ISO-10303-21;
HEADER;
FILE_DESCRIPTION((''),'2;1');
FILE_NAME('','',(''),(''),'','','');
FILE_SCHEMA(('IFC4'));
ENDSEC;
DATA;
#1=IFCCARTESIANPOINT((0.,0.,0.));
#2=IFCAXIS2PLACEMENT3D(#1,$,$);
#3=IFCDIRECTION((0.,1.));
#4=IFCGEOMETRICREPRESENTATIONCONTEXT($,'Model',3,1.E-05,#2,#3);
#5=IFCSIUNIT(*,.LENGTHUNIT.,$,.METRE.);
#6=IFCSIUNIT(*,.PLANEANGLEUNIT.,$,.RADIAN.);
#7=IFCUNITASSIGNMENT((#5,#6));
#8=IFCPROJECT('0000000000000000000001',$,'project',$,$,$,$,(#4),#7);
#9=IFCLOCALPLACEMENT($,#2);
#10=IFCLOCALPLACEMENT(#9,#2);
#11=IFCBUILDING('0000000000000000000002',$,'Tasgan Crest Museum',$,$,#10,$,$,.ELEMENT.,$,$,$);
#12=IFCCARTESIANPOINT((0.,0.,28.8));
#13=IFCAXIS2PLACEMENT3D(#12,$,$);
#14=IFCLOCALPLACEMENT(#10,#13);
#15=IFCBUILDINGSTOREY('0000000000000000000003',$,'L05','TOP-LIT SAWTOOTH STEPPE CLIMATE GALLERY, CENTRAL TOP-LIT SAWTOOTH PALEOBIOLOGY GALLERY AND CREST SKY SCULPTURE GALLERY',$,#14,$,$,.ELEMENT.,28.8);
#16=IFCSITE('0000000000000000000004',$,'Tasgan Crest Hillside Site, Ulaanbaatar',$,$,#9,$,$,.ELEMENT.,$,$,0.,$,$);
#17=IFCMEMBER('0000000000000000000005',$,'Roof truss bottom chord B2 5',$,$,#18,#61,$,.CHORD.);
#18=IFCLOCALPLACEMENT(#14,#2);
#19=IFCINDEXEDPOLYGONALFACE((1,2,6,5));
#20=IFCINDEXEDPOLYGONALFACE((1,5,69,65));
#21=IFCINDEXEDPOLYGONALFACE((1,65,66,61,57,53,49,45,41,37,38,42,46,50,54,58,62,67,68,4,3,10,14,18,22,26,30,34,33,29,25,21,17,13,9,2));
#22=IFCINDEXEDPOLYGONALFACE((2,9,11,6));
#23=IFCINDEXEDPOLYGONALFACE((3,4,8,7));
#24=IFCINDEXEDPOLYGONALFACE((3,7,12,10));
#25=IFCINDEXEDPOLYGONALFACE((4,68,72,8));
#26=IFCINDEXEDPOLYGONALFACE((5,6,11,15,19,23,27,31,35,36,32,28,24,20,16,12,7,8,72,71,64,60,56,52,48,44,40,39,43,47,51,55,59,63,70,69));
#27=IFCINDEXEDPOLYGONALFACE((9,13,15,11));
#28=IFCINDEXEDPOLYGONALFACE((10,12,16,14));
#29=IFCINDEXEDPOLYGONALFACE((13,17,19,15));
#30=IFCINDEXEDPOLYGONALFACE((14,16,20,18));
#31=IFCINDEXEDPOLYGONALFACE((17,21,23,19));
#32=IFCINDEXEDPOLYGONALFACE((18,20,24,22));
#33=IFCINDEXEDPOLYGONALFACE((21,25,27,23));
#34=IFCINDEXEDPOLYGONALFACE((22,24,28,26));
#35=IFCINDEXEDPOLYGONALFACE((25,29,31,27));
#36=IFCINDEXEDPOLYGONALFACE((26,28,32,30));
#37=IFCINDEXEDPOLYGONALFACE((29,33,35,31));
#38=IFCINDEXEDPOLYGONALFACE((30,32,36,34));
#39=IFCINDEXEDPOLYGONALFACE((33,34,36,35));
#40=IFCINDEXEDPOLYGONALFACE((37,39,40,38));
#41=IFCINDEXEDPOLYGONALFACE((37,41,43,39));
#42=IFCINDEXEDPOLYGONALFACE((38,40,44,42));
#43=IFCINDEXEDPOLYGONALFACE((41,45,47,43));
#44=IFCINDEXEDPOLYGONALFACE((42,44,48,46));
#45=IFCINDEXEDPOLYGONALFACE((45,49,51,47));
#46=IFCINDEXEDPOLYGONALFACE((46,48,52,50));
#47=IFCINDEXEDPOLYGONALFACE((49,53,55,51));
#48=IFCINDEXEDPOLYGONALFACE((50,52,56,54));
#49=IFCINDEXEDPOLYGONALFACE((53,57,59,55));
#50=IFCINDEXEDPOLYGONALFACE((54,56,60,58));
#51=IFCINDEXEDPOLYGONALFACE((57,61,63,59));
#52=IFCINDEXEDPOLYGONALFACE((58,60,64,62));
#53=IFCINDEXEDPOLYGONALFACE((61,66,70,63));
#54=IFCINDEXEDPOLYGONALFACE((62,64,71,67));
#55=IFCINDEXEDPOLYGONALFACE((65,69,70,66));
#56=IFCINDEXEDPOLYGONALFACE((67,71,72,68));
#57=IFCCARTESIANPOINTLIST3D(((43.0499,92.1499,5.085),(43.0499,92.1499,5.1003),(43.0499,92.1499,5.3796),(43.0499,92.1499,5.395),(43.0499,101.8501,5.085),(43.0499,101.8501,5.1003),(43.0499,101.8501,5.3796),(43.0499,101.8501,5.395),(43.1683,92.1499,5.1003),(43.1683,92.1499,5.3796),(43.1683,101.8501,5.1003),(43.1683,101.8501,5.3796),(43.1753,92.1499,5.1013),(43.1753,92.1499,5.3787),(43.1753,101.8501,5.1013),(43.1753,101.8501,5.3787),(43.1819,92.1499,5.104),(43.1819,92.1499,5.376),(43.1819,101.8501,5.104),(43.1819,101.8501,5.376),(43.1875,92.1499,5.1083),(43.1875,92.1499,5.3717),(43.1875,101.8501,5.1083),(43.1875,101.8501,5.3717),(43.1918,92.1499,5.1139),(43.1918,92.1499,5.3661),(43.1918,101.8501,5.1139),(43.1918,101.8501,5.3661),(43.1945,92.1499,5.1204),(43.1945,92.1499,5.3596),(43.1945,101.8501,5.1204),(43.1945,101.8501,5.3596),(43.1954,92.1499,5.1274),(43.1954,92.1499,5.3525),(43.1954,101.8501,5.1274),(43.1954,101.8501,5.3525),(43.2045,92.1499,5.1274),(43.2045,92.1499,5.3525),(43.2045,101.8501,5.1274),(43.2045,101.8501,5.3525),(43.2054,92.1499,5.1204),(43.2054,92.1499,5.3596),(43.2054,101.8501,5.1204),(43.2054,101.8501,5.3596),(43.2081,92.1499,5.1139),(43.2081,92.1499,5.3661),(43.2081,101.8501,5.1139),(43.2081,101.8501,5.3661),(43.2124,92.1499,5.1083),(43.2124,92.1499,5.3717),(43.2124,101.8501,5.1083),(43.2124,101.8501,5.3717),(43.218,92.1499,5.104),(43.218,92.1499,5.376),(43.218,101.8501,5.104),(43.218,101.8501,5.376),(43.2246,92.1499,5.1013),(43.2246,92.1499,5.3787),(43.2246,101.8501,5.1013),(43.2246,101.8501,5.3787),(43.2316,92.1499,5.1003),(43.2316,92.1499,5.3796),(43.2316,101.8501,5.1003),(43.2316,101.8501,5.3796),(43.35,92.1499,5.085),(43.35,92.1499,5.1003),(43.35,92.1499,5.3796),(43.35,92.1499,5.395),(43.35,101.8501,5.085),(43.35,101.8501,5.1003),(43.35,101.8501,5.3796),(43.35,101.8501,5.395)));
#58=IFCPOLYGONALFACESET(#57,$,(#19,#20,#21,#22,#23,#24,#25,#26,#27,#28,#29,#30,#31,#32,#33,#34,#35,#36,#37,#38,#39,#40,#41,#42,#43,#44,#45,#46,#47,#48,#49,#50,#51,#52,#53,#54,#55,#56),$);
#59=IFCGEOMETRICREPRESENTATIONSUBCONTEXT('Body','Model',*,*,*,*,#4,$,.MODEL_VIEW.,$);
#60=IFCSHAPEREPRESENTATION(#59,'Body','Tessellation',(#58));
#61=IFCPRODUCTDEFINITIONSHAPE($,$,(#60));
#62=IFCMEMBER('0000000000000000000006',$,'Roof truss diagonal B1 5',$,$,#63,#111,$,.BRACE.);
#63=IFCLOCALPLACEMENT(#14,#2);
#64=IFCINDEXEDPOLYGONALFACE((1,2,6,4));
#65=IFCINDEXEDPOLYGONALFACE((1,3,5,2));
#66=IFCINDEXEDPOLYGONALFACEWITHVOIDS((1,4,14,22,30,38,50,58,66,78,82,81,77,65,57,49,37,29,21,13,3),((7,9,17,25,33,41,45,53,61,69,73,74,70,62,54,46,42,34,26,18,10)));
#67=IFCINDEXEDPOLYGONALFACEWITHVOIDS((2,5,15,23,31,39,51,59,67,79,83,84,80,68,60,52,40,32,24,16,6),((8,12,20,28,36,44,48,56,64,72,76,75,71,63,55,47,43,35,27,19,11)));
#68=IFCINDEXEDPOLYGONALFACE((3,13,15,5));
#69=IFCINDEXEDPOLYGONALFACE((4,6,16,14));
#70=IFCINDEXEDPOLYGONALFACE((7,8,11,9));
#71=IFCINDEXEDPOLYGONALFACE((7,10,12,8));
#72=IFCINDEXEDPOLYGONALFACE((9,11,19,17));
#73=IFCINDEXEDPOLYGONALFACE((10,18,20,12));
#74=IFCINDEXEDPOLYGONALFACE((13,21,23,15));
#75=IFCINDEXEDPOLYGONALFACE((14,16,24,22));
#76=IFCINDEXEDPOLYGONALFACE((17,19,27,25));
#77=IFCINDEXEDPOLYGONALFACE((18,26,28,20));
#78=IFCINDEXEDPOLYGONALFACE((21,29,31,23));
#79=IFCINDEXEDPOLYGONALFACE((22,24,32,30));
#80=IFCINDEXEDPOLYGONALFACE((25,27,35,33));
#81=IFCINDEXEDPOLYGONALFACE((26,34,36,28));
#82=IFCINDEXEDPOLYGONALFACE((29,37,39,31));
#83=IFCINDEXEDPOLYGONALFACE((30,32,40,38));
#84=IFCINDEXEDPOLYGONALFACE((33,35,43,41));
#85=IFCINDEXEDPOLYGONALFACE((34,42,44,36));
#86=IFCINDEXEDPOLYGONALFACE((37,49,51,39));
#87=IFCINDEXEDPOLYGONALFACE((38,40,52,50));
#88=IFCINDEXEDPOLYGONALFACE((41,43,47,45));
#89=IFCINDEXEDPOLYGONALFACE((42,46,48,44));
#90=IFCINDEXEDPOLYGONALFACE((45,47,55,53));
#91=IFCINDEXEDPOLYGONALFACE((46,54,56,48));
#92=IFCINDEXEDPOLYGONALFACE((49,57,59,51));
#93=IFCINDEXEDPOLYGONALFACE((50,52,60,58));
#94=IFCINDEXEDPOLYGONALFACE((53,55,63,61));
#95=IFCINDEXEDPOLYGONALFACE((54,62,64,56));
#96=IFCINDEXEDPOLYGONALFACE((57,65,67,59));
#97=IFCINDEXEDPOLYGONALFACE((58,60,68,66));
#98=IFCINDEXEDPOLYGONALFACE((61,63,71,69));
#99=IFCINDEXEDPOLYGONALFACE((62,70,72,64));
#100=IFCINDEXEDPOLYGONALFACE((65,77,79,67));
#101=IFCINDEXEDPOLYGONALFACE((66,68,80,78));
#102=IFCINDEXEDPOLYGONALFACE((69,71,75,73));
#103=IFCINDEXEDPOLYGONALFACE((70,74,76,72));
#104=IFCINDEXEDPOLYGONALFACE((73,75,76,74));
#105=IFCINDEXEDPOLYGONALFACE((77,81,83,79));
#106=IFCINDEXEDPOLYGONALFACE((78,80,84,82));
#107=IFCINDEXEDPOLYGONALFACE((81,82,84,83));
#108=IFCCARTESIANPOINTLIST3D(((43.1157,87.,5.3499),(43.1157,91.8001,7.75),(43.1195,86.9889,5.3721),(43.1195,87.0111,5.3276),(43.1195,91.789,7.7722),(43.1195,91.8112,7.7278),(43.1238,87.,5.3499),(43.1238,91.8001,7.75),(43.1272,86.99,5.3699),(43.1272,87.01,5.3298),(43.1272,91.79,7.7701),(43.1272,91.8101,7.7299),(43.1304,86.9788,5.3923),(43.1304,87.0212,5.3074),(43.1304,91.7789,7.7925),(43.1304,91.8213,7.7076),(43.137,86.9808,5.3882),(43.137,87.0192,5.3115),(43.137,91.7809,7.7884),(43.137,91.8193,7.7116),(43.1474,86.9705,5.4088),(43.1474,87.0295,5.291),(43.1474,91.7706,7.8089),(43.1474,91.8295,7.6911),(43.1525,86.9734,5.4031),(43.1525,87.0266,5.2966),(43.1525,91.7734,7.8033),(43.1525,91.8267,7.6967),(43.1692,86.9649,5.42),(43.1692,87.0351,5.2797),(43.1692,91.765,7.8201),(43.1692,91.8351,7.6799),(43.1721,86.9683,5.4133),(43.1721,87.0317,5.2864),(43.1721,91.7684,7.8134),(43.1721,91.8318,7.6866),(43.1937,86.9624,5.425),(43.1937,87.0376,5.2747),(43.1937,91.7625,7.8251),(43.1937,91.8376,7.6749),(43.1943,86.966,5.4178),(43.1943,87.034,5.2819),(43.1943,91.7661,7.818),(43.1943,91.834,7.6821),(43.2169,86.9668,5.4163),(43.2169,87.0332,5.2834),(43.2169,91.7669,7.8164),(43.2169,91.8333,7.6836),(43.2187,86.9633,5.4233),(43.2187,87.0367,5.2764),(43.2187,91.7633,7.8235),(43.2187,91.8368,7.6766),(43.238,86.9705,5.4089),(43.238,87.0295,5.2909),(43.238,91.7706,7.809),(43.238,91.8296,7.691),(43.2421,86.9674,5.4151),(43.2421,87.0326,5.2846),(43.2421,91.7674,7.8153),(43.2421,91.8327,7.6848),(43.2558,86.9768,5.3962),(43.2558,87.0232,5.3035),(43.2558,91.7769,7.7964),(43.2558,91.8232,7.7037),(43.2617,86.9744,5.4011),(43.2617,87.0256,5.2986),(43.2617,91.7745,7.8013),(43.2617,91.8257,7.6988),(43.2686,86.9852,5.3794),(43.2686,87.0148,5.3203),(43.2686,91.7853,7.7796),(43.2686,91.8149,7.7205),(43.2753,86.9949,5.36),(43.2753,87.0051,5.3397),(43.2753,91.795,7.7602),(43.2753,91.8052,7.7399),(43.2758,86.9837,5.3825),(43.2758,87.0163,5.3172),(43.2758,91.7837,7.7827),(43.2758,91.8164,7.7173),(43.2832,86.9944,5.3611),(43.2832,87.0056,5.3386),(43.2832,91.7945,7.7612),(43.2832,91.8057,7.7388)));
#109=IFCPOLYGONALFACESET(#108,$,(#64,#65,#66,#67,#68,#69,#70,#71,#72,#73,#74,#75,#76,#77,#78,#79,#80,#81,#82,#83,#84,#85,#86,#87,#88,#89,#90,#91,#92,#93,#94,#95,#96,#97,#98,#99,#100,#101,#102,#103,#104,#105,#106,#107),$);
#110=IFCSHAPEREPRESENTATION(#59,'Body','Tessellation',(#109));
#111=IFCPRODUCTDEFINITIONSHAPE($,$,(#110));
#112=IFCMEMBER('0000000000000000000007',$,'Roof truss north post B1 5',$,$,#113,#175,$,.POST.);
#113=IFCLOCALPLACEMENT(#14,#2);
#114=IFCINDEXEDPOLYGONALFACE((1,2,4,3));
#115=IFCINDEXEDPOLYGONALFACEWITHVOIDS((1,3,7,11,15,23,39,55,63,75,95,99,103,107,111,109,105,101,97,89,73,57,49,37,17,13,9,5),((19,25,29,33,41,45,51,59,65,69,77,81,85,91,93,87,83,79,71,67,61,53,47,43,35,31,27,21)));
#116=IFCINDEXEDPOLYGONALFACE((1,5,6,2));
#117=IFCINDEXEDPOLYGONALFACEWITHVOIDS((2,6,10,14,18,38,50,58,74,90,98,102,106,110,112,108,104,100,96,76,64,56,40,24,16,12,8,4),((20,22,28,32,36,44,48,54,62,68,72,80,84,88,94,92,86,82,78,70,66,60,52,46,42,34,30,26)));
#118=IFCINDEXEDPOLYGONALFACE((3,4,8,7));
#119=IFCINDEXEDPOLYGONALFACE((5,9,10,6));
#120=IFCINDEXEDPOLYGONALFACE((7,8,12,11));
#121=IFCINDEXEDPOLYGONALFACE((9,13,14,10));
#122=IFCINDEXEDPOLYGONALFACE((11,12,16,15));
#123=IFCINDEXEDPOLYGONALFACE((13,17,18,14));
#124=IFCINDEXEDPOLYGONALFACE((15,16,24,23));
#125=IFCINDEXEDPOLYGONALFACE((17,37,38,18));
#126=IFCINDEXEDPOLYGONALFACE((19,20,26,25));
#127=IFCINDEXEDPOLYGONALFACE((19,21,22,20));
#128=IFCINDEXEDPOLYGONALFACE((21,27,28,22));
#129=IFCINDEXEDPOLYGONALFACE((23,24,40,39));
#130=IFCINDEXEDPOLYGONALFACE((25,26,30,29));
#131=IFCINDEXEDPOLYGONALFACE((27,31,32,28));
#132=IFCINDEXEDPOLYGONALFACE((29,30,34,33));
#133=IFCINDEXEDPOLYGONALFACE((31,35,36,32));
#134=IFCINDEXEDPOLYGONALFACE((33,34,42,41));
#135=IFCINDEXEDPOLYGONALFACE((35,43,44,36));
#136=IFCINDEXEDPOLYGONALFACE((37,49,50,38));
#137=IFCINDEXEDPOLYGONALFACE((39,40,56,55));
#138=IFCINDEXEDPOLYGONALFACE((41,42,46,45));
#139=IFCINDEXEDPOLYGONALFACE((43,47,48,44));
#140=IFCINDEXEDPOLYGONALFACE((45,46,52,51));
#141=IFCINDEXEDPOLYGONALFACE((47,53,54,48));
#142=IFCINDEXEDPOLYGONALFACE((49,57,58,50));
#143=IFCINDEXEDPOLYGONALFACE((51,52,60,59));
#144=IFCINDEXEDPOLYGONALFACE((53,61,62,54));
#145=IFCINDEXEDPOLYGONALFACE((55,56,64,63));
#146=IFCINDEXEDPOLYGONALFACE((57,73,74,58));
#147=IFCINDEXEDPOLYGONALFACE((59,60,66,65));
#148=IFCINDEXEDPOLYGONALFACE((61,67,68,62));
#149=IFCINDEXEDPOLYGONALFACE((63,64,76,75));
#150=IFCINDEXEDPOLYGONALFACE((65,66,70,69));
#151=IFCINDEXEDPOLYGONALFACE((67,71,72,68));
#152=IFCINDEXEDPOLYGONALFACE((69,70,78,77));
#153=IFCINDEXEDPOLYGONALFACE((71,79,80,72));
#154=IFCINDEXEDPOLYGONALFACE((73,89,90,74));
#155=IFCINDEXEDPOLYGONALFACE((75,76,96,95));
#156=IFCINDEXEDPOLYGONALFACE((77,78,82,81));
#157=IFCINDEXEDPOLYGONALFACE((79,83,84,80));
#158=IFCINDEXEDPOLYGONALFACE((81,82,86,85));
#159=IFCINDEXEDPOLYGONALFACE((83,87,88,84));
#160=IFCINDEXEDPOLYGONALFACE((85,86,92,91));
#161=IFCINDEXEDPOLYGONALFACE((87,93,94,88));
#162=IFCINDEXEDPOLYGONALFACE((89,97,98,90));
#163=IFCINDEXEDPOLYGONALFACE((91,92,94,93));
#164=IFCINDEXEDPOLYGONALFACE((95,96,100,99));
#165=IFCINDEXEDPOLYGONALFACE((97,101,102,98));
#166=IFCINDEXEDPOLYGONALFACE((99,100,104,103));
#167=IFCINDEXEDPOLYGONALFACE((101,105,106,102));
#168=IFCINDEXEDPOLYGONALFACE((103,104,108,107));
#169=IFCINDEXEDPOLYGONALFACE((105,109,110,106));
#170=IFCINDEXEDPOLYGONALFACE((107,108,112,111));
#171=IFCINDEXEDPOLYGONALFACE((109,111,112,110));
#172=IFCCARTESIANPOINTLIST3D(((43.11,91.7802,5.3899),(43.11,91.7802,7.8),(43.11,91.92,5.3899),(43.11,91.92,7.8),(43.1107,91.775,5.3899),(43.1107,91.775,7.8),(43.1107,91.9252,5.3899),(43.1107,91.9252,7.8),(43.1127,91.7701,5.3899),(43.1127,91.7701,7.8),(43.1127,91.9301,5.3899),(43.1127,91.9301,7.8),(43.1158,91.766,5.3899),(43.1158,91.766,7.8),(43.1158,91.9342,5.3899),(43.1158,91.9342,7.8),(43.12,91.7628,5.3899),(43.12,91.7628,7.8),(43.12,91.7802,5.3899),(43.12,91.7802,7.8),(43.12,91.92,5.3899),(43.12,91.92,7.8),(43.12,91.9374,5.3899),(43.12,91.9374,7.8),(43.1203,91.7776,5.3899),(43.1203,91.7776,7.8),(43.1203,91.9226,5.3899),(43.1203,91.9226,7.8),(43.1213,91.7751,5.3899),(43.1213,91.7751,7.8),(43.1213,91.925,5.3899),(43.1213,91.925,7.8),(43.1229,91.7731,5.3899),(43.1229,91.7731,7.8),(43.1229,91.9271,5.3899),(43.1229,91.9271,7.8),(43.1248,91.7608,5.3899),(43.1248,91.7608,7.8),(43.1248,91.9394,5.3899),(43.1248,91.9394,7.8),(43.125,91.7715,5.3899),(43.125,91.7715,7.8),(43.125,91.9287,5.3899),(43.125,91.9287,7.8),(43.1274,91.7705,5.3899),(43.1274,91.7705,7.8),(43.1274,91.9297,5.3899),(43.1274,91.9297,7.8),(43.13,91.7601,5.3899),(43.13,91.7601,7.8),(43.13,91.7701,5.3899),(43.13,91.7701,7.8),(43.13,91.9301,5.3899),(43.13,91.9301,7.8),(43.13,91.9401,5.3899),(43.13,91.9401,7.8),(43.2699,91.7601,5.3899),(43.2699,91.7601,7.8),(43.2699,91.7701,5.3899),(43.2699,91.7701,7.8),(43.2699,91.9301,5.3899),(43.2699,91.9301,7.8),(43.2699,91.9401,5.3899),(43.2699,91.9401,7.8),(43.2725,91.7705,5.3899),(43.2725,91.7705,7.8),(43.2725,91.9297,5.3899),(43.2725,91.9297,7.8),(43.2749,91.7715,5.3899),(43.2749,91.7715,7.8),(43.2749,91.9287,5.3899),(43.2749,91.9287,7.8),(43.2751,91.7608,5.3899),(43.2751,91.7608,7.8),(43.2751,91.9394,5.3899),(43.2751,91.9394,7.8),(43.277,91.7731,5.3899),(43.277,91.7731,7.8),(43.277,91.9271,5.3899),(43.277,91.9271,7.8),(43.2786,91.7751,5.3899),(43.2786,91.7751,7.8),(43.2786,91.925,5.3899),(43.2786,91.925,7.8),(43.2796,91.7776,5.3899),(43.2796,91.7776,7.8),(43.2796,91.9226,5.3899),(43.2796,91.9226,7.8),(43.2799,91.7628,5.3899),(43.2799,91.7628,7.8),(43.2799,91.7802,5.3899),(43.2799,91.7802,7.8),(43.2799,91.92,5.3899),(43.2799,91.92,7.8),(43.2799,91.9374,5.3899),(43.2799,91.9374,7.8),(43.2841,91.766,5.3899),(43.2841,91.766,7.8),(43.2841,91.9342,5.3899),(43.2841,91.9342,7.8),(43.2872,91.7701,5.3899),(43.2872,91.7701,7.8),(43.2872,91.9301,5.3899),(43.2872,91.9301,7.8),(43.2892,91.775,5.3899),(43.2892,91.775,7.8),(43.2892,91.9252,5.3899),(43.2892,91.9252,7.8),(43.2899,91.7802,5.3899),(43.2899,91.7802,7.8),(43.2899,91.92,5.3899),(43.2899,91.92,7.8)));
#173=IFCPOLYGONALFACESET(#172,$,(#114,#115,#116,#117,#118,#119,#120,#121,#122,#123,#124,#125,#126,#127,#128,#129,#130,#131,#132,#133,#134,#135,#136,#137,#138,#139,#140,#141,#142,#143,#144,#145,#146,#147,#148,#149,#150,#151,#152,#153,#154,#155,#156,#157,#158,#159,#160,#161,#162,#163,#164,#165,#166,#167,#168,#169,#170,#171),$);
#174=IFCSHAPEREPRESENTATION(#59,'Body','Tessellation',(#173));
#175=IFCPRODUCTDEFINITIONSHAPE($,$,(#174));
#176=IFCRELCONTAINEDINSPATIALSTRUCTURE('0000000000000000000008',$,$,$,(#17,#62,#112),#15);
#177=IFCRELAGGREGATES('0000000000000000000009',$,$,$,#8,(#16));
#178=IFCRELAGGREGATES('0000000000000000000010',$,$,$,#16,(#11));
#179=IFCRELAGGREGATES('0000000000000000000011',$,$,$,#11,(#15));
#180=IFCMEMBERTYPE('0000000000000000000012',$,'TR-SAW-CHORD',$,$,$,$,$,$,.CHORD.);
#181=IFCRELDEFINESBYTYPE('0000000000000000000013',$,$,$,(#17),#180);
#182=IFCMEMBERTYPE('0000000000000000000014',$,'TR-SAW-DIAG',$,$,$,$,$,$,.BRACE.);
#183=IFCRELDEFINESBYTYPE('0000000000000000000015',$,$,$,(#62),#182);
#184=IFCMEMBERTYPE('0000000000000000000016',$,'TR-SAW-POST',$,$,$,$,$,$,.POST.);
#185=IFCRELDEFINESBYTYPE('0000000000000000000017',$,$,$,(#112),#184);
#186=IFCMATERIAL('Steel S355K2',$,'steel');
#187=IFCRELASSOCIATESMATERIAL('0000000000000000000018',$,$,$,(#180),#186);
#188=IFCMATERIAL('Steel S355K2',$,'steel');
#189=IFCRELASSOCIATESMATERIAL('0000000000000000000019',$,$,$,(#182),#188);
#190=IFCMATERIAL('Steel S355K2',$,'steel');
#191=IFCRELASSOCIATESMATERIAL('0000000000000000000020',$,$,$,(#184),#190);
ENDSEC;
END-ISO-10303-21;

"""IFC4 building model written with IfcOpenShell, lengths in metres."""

from ifc_helpers import new_model, si_unit, direction, frame, origin, origin_2d, place, context, subcontext, project, spatial, hollow_rectangle, hollow_circle, i_section, extrude, material, material_profile, profile_set, type_object, element, save


model = new_model("IFC4")

# Units and contexts
model_context = context("Model", 3, precision=1e-05, world=origin(), true_north=direction((0.0, 1.0)))
body_context = subcontext(model_context, "Body", "Model", "MODEL_VIEW")
ifc_project = project(units=[si_unit("LENGTHUNIT", "METRE"), si_unit("PLANEANGLEUNIT", "RADIAN")], contexts=[model_context])

# Site, building, storey
site_placement = place(None, origin())
site = spatial("IfcSite", under=ifc_project, at=site_placement, Name="Tasgan Crest Hillside Site, Ulaanbaatar", CompositionType="ELEMENT", RefElevation=0.0)
building_placement = place(site_placement, origin())
building = spatial("IfcBuilding", under=site, at=building_placement, Name="Tasgan Crest Museum", CompositionType="ELEMENT")
storey_placement = place(building_placement, frame((0.0, 0.0, 28.8)))
storey = spatial("IfcBuildingStorey", under=building, at=storey_placement, Name="L05", Description="TOP-LIT SAWTOOTH STEPPE CLIMATE GALLERY, CENTRAL TOP-LIT SAWTOOTH PALEOBIOLOGY GALLERY AND CREST SKY SCULPTURE GALLERY", CompositionType="ELEMENT", Elevation=28.8)

# Members
ifc_material_1 = material(Name="Steel S355K2", Category="steel")
ifc_material_profile_1 = material_profile(ifc_material_1, i_section(OverallWidth=0.3, OverallDepth=0.3101, WebThickness=0.009, FlangeThickness=0.0154, FilletRadius=0.0271, at=origin_2d()), Name="HEA 320")
ifc_profile_set_1 = profile_set([ifc_material_profile_1], Name="Steel S355K2")
member_type_1 = type_object("IfcMemberType", Name="TR-SAW-CHORD", PredefinedType="CHORD", material=ifc_profile_set_1)
for number, where, z_axis, x_axis, name in (
    (1, (43.2, 92.1499, 5.24), (0.0, 1.0, 0.0), (-1.0, 0.0, 0.0), "Roof truss bottom chord B2 5"),
):
    element("IfcMember", number, at=place(storey_placement, frame(where, z_axis=z_axis, x_axis=x_axis)), inside=storey, type_object=member_type_1, Name=name, PredefinedType="CHORD", context=body_context, shape_type="SweptSolid", body=[
        extrude(i_section(OverallWidth=0.3, OverallDepth=0.3101, WebThickness=0.009, FlangeThickness=0.0154, FilletRadius=0.0271, at=origin_2d()), origin(), (0.0, 0.0, 1.0), 9.7002),
    ])
ifc_material_2 = material(Name="Steel S355K2", Category="steel")
ifc_material_profile_2 = material_profile(ifc_material_2, hollow_circle(Radius=0.0842, WallThickness=0.0081, at=origin_2d()), Name="CHS 168.3x8")
ifc_profile_set_2 = profile_set([ifc_material_profile_2], Name="Steel S355K2")
member_type_2 = type_object("IfcMemberType", Name="TR-SAW-DIAG", PredefinedType="BRACE", material=ifc_profile_set_2)
member_1_placement = place(storey_placement, frame((43.2, 87.0, 5.3499), z_axis=(0.0, 0.894418, 0.447232), x_axis=(-1.0, 0.0, 0.0)))
element("IfcMember", 2, at=member_1_placement, inside=storey, type_object=member_type_2, Name="Roof truss diagonal B1 5", PredefinedType="BRACE", context=body_context, shape_type="SweptSolid", body=[
    extrude(hollow_circle(Radius=0.0842, WallThickness=0.0081, at=origin_2d()), origin(), (0.0, 0.0, 1.0), 5.3667),
])
ifc_material_3 = material(Name="Steel S355K2", Category="steel")
ifc_material_profile_3 = material_profile(ifc_material_3, hollow_rectangle(XDim=0.1799, YDim=0.1799, WallThickness=0.01, InnerFilletRadius=0.01, OuterFilletRadius=0.02, at=origin_2d()), Name="SHS 180x180x10")
ifc_profile_set_3 = profile_set([ifc_material_profile_3], Name="Steel S355K2")
member_type_3 = type_object("IfcMemberType", Name="TR-SAW-POST", PredefinedType="POST", material=ifc_profile_set_3)
member_2_placement = place(storey_placement, frame((43.2, 91.8501, 5.3899), z_axis=(0.0, 0.0, 1.0), x_axis=(1.0, 0.0, 0.0)))
element("IfcMember", 3, at=member_2_placement, inside=storey, type_object=member_type_3, Name="Roof truss north post B1 5", PredefinedType="POST", context=body_context, shape_type="SweptSolid", body=[
    extrude(hollow_rectangle(XDim=0.1799, YDim=0.1799, WallThickness=0.01, InnerFilletRadius=0.01, OuterFilletRadius=0.02, at=origin_2d()), origin(), (0.0, 0.0, 1.0), 2.4102),
])

save(model, "model.ifc")
